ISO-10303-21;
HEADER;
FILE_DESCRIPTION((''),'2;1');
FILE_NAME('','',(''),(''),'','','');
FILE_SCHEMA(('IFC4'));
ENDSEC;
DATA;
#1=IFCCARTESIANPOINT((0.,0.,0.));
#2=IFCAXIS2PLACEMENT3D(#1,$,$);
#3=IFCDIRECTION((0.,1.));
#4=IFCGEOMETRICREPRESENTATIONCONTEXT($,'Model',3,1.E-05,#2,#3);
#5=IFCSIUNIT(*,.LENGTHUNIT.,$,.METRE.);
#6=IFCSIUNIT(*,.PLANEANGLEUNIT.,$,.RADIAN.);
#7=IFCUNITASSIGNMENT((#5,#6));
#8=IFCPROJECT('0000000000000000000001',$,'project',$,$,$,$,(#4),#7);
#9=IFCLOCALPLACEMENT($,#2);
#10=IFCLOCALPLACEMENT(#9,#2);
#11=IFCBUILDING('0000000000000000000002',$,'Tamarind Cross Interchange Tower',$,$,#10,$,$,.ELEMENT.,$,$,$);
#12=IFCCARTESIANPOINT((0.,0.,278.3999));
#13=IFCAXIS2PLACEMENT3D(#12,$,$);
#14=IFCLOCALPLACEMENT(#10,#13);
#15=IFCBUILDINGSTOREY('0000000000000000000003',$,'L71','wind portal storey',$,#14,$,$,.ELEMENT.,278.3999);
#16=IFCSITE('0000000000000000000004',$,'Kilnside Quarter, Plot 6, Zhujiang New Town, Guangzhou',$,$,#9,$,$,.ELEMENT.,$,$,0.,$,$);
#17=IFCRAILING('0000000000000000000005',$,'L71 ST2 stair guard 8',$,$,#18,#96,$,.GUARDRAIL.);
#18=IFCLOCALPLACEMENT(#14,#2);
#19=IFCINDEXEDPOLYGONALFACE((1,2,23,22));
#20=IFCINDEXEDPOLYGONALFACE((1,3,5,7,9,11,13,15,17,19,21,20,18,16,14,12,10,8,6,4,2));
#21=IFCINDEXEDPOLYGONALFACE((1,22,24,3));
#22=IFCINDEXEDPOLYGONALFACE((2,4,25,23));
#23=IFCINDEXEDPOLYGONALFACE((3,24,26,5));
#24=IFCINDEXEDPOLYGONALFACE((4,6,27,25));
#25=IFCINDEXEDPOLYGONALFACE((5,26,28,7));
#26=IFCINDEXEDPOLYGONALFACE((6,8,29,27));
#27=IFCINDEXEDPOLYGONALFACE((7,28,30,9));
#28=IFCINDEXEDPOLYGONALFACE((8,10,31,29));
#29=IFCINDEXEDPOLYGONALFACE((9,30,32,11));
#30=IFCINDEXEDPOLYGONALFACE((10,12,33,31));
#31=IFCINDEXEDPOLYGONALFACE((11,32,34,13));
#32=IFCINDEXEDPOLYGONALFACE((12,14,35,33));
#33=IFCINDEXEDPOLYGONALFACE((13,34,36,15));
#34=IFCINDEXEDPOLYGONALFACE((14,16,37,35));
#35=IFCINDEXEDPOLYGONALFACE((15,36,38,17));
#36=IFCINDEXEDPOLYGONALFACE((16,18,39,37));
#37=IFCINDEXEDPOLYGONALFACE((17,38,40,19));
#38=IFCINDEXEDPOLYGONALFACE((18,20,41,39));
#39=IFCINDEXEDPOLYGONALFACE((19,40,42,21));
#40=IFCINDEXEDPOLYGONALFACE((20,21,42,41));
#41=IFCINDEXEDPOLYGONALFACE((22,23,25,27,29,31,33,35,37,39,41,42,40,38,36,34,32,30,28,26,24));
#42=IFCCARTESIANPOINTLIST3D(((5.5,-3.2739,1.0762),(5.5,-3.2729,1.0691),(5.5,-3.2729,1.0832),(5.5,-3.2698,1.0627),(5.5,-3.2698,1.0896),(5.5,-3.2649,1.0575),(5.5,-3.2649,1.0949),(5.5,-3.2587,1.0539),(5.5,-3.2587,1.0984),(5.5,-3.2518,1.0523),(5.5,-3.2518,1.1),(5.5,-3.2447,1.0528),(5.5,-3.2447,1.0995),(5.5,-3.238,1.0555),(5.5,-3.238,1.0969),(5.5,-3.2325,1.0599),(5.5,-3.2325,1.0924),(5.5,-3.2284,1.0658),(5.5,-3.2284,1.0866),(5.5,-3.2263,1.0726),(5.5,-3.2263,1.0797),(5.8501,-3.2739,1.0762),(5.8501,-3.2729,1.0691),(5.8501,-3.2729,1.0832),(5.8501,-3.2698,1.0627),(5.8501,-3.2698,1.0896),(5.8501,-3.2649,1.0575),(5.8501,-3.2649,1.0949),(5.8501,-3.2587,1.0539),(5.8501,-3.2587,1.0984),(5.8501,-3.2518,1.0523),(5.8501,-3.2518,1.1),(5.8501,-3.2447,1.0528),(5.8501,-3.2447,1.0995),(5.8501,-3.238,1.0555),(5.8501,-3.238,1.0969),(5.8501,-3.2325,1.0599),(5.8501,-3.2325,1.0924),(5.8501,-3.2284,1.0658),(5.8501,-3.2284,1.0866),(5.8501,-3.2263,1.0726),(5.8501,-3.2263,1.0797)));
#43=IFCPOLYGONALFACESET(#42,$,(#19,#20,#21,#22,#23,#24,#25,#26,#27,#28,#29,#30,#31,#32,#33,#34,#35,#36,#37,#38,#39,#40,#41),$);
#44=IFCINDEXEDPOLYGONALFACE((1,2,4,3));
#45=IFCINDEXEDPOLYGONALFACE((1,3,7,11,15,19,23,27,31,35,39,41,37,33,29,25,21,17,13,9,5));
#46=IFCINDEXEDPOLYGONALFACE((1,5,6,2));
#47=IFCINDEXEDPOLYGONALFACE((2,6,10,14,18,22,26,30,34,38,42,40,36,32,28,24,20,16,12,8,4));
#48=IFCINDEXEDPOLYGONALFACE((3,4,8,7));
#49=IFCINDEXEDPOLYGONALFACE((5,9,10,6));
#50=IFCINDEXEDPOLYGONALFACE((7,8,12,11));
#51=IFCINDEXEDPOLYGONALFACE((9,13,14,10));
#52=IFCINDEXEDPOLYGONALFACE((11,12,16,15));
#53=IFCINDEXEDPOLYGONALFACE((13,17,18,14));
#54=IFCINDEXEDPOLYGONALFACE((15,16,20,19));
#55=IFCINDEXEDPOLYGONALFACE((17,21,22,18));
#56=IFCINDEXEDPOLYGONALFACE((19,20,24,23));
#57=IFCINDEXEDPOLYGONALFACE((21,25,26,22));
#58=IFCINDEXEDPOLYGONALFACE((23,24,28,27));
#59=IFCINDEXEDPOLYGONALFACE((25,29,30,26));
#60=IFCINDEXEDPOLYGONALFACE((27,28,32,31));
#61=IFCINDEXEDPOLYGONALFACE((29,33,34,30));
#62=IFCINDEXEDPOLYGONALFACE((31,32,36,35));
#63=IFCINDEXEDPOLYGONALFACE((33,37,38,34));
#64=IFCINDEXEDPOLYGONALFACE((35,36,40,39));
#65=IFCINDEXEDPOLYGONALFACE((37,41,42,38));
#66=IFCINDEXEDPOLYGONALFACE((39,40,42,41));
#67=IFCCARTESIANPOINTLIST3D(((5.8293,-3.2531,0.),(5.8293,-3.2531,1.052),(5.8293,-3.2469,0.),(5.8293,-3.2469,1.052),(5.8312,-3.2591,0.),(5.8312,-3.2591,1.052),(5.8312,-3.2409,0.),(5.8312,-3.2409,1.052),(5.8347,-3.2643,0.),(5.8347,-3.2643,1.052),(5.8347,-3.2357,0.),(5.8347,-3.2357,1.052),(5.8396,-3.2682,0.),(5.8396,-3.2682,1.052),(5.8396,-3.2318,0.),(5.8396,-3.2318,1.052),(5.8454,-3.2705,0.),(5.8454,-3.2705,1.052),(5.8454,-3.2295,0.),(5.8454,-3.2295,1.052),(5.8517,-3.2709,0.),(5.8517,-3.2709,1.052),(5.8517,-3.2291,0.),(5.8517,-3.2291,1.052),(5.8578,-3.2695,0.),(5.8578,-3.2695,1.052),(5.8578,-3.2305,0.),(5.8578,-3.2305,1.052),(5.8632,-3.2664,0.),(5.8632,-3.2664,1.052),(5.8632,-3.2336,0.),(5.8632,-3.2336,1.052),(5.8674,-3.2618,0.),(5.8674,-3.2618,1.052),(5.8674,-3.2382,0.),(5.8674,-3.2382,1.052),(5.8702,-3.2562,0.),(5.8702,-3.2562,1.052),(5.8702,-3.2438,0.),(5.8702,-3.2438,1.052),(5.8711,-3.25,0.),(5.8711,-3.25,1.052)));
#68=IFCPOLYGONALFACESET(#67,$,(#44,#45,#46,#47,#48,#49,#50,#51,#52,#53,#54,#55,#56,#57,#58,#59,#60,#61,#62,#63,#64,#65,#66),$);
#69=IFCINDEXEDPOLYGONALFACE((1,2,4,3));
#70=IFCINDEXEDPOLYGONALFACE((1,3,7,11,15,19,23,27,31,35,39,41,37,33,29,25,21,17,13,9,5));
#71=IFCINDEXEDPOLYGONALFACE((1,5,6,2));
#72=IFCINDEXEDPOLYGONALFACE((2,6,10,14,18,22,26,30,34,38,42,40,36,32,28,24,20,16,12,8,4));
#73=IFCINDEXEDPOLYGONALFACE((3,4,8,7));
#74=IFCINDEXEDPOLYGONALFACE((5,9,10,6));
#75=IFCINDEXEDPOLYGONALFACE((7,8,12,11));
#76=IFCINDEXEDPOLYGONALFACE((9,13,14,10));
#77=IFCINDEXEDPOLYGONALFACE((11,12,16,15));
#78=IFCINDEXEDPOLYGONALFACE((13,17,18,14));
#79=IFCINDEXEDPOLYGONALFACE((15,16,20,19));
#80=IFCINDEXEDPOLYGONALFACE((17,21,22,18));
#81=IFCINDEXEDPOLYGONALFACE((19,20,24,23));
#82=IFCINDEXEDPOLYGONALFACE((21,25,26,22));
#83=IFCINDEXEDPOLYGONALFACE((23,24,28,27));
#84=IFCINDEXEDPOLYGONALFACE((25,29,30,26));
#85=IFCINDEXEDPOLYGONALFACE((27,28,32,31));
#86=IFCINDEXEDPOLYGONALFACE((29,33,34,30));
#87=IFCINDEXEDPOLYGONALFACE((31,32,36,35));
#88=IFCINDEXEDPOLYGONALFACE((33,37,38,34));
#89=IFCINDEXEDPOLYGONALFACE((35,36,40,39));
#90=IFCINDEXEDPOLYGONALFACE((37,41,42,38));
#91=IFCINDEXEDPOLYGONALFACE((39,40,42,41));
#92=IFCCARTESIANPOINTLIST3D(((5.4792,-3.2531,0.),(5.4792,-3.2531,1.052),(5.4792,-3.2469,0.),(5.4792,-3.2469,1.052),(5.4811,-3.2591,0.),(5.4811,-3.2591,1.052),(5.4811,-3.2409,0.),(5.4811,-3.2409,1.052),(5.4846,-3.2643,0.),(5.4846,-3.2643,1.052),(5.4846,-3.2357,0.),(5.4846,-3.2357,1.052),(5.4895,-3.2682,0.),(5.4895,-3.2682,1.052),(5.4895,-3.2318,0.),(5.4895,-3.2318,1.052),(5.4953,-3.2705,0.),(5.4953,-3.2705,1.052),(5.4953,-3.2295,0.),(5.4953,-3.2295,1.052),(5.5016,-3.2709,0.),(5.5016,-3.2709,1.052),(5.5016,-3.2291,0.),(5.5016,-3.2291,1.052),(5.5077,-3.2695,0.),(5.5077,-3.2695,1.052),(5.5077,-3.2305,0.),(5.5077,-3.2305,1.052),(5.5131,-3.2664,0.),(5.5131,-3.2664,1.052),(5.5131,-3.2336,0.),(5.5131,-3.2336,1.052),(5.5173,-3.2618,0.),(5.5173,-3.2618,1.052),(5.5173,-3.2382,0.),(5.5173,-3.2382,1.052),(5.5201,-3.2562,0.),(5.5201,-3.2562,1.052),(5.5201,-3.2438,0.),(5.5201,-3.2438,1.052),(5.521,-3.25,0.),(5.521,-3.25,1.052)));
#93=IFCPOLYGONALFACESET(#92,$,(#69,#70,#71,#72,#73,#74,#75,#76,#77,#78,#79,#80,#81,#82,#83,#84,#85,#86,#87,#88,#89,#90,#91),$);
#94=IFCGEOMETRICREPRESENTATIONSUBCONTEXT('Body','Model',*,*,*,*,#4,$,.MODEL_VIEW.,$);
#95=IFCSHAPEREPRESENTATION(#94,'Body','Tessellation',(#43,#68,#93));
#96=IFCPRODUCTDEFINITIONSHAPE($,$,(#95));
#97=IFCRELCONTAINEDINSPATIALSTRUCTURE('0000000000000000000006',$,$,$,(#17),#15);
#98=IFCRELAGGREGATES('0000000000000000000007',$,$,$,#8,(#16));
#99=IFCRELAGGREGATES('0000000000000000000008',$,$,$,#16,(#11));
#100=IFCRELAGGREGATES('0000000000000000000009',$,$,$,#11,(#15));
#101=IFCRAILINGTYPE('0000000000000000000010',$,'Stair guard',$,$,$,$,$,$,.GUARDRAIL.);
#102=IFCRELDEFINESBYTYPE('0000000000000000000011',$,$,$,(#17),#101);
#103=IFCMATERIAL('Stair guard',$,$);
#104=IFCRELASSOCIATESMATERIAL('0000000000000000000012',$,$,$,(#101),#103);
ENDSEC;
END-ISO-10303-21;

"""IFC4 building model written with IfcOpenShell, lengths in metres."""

from ifc_helpers import new_model, si_unit, direction, frame, origin, origin_2d, place, context, subcontext, project, spatial, circle, extrude, material, type_object, element, save


model = new_model("IFC4")

# Units and contexts
model_context = context("Model", 3, precision=1e-05, world=origin(), true_north=direction((0.0, 1.0)))
body_context = subcontext(model_context, "Body", "Model", "MODEL_VIEW")
ifc_project = project(units=[si_unit("LENGTHUNIT", "METRE"), si_unit("PLANEANGLEUNIT", "RADIAN")], contexts=[model_context])

# Site, building, storey
site_placement = place(None, origin())
site = spatial("IfcSite", under=ifc_project, at=site_placement, Name="Kilnside Quarter, Plot 6, Zhujiang New Town, Guangzhou", CompositionType="ELEMENT", RefElevation=0.0)
building_placement = place(site_placement, origin())
building = spatial("IfcBuilding", under=site, at=building_placement, Name="Tamarind Cross Interchange Tower", CompositionType="ELEMENT")
storey_placement = place(building_placement, frame((0.0, 0.0, 278.3999)))
storey = spatial("IfcBuildingStorey", under=building, at=storey_placement, Name="L71", Description="wind portal storey", CompositionType="ELEMENT", Elevation=278.3999)

# Railing
ifc_material_1 = material(Name="Stair guard")
railing_type_1 = type_object("IfcRailingType", Name="Stair guard", PredefinedType="GUARDRAIL", material=ifc_material_1)
railing_1_placement = place(storey_placement, frame((5.8501, -3.25, 0.0)))
element("IfcRailing", 1, at=railing_1_placement, inside=storey, type_object=railing_type_1, Name="L71 ST2 stair guard 8", PredefinedType="GUARDRAIL", context=body_context, shape_type="SweptSolid", body=[
    extrude(circle(Radius=0.0239, at=origin_2d()), frame((0.0, 0.0, 1.0762), z_axis=(-1.0, 0.0, 0.0), x_axis=(0.0, -1.0, 0.0)), (0.0, 0.0, 1.0), 0.3501),
    extrude(circle(Radius=0.021, at=origin_2d()), origin(), (0.0, 0.0, 1.0), 1.052),
    extrude(circle(Radius=0.021, at=origin_2d()), frame((-0.3501, 0.0, 0.0)), (0.0, 0.0, 1.0), 1.052),
])

save(model, "model.ifc")
